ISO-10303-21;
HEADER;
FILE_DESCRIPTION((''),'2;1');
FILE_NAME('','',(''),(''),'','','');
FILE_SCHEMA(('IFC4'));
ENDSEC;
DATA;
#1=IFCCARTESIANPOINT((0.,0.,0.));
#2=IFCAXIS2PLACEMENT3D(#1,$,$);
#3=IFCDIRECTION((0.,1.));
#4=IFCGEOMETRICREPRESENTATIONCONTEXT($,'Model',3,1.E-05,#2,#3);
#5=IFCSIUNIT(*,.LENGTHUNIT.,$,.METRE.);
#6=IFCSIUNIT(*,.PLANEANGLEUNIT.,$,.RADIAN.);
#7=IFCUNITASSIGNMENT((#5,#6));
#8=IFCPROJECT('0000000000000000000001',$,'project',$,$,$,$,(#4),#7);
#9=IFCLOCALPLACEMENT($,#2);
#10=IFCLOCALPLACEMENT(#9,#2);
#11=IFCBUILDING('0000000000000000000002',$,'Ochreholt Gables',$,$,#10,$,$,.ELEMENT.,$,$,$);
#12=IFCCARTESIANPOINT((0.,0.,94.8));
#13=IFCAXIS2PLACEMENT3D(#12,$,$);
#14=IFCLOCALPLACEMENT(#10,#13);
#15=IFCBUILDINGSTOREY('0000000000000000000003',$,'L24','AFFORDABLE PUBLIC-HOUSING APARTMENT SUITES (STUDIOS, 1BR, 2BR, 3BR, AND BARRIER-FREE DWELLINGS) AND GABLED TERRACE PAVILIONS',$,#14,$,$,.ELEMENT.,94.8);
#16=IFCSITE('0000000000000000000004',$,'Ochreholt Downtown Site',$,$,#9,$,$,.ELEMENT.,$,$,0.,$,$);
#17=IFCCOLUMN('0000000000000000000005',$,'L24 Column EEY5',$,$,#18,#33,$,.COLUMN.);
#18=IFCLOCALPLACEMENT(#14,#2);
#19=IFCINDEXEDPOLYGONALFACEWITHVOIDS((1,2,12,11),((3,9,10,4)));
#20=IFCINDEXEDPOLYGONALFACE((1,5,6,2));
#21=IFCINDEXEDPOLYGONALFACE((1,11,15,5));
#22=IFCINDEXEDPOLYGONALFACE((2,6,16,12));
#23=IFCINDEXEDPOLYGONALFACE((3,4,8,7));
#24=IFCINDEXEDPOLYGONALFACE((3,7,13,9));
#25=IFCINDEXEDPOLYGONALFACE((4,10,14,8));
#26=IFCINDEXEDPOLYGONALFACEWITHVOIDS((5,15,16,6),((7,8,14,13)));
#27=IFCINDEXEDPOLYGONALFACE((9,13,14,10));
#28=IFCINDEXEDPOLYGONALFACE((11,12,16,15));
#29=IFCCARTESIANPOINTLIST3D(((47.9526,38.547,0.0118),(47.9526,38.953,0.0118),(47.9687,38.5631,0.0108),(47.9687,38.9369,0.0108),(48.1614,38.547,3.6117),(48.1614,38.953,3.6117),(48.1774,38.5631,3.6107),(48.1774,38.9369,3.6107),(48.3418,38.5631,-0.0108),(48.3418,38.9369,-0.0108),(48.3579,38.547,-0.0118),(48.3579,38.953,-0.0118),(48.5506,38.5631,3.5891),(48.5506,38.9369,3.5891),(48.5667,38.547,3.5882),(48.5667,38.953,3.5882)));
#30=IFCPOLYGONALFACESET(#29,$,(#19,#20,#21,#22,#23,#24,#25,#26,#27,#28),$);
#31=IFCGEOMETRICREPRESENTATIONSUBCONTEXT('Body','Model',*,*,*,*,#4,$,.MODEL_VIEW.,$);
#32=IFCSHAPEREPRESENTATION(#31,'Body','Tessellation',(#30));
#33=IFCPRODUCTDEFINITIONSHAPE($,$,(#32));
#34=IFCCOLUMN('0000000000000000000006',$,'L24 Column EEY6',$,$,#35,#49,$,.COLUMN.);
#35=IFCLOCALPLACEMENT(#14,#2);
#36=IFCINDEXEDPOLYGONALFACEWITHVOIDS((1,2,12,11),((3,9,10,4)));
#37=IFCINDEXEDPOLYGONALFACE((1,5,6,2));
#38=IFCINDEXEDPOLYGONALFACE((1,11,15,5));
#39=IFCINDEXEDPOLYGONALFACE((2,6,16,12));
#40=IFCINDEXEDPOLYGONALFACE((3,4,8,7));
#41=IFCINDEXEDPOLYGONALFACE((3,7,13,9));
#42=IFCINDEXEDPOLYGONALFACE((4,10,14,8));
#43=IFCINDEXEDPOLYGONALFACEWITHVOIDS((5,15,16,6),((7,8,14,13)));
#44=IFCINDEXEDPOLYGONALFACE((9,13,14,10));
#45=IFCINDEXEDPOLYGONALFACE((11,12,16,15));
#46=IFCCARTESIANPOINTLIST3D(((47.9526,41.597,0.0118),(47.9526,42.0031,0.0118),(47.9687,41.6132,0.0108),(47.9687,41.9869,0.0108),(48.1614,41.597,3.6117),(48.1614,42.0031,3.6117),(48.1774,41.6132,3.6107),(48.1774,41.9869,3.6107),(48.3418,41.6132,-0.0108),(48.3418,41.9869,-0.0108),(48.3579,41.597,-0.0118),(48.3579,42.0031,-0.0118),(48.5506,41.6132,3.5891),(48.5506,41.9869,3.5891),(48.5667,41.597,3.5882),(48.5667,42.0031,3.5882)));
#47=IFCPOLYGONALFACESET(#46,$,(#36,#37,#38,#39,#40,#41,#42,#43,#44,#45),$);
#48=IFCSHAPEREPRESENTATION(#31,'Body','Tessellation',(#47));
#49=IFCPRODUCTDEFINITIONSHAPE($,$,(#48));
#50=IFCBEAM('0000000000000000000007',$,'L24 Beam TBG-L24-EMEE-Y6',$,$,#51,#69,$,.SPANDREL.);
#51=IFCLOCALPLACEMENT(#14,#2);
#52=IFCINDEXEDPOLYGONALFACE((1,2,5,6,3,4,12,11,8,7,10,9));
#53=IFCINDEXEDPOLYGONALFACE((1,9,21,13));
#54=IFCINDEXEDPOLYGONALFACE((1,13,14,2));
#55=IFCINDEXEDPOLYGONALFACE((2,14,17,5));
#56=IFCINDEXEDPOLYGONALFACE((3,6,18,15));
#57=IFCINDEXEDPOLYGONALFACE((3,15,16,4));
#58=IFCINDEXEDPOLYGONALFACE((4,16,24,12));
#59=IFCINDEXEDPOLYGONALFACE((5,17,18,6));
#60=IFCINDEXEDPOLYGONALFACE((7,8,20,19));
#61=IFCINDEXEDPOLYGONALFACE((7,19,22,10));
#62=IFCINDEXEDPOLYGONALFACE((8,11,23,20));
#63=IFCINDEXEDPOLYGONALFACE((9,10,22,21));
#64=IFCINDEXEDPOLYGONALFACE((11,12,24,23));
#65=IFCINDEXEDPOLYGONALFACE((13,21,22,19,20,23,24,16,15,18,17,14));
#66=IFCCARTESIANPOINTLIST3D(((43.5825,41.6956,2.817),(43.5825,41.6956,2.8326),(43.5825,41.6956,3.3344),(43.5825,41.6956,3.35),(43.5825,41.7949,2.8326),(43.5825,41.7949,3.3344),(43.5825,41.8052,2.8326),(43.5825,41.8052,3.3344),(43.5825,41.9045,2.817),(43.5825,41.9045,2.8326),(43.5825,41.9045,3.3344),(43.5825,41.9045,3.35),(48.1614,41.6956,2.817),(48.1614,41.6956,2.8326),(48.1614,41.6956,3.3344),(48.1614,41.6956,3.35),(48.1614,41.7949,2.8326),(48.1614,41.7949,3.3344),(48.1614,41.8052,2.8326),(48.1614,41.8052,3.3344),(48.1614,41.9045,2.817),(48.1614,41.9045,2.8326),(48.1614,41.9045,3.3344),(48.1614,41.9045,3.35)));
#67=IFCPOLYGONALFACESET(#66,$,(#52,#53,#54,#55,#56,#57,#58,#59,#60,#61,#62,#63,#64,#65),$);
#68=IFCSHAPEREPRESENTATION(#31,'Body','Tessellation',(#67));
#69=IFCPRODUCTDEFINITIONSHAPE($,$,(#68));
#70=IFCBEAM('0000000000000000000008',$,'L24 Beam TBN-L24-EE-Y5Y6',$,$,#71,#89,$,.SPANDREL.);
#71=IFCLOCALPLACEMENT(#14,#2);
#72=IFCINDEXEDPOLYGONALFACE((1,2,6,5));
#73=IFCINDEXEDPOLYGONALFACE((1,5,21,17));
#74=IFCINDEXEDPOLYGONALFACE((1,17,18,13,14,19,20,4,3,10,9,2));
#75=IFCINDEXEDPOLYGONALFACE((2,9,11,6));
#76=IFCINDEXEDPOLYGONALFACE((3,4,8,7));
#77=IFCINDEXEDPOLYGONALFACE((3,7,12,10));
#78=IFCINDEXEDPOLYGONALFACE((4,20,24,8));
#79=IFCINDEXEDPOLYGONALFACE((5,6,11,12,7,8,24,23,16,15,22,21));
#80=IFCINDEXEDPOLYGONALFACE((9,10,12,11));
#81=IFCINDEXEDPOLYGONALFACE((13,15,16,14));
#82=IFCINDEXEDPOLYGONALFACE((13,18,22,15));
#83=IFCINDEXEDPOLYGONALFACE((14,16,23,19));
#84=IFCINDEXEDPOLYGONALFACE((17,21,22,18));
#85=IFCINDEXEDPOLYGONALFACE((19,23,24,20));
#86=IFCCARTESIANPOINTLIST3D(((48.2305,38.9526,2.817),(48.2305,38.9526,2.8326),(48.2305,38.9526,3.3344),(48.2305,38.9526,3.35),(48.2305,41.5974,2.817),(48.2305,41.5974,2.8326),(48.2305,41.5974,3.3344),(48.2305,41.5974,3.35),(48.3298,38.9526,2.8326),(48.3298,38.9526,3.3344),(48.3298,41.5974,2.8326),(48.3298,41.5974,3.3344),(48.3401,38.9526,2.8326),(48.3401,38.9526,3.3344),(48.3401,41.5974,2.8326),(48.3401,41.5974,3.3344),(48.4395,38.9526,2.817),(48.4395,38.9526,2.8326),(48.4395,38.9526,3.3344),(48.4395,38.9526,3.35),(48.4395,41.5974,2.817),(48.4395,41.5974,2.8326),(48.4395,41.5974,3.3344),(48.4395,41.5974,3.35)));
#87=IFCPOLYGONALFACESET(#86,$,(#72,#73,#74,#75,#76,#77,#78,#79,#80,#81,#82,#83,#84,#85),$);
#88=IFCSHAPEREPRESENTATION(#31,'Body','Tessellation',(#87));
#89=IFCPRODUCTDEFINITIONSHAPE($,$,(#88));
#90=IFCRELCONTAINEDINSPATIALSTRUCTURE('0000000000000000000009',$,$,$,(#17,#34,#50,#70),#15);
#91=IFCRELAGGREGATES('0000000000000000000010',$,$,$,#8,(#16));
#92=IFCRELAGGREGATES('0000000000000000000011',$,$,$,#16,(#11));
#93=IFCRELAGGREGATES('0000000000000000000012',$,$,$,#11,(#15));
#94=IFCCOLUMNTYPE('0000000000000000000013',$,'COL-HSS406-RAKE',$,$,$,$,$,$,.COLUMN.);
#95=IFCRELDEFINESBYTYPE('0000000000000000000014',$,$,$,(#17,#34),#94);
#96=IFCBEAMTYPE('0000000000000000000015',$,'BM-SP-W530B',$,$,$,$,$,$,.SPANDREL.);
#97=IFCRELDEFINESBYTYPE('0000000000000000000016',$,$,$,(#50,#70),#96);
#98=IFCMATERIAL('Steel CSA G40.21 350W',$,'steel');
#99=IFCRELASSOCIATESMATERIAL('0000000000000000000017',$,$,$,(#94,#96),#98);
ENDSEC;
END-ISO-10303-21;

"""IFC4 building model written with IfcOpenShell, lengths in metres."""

from ifc_helpers import new_model, si_unit, direction, frame, origin, origin_2d, place, context, subcontext, project, spatial, hollow_rectangle, i_section, extrude, material, material_profile, profile_set, type_object, element, save


model = new_model("IFC4")

# Units and contexts
model_context = context("Model", 3, precision=1e-05, world=origin(), true_north=direction((0.0, 1.0)))
body_context = subcontext(model_context, "Body", "Model", "MODEL_VIEW")
ifc_project = project(units=[si_unit("LENGTHUNIT", "METRE"), si_unit("PLANEANGLEUNIT", "RADIAN")], contexts=[model_context])

# Site, building, storey
site_placement = place(None, origin())
site = spatial("IfcSite", under=ifc_project, at=site_placement, Name="Ochreholt Downtown Site", CompositionType="ELEMENT", RefElevation=0.0)
building_placement = place(site_placement, origin())
building = spatial("IfcBuilding", under=site, at=building_placement, Name="Ochreholt Gables", CompositionType="ELEMENT")
storey_placement = place(building_placement, frame((0.0, 0.0, 94.8)))
storey = spatial("IfcBuildingStorey", under=building, at=storey_placement, Name="L24", Description="AFFORDABLE PUBLIC-HOUSING APARTMENT SUITES (STUDIOS, 1BR, 2BR, 3BR, AND BARRIER-FREE DWELLINGS) AND GABLED TERRACE PAVILIONS", CompositionType="ELEMENT", Elevation=94.8)

# Columns
ifc_material_1 = material(Name="Steel CSA G40.21 350W", Category="steel")
ifc_material_profile_1 = material_profile(ifc_material_1, hollow_rectangle(XDim=0.406, YDim=0.406, WallThickness=0.0161, at=origin_2d()), Name="HSS406X406X16")
ifc_profile_set_1 = profile_set([ifc_material_profile_1], Name="Steel CSA G40.21 350W")
column_type = type_object("IfcColumnType", Name="COL-HSS406-RAKE", PredefinedType="COLUMN", material=ifc_profile_set_1)
for number, where, z_axis, x_axis, name in (
    (1, (48.1553, 38.75, 0.0), (0.057889, 0.0, 0.998323), (0.0, 1.0, 0.0), "L24 Column EEY5"),
    (2, (48.1553, 41.8, 0.0), (0.057889, 0.0, 0.998323), (0.0, 1.0, 0.0), "L24 Column EEY6"),
):
    element("IfcColumn", number, at=place(storey_placement, frame(where, z_axis=z_axis, x_axis=x_axis)), inside=storey, type_object=column_type, Name=name, PredefinedType="COLUMN", context=body_context, shape_type="SweptSolid", body=[
        extrude(hollow_rectangle(XDim=0.406, YDim=0.406, WallThickness=0.0161, at=origin_2d()), origin(), (0.0, 0.0, 1.0), 3.606),
    ])

# Beams
ifc_material_profile_2 = material_profile(ifc_material_1, i_section(OverallWidth=0.209, OverallDepth=0.533, WebThickness=0.0103, FlangeThickness=0.0156, at=origin_2d()), Name="W530X92")
ifc_profile_set_2 = profile_set([ifc_material_profile_2], Name="Steel CSA G40.21 350W")
beam_type = type_object("IfcBeamType", Name="BM-SP-W530B", PredefinedType="SPANDREL", material=ifc_profile_set_2)
beam_1_placement = place(storey_placement, frame((43.5825, 41.8, 3.0835), z_axis=(1.0, 0.0, 0.0), x_axis=(0.0, 1.0, 0.0)))
element("IfcBeam", 3, at=beam_1_placement, inside=storey, type_object=beam_type, Name="L24 Beam TBG-L24-EMEE-Y6", PredefinedType="SPANDREL", context=body_context, shape_type="SweptSolid", body=[
    extrude(i_section(OverallWidth=0.209, OverallDepth=0.533, WebThickness=0.0103, FlangeThickness=0.0156, at=origin_2d()), origin(), (0.0, 0.0, 1.0), 4.5789),
])
beam_2_placement = place(storey_placement, frame((48.335, 38.9526, 3.0835), z_axis=(0.0, 1.0, 0.0), x_axis=(-1.0, 0.0, 0.0)))
element("IfcBeam", 4, at=beam_2_placement, inside=storey, type_object=beam_type, Name="L24 Beam TBN-L24-EE-Y5Y6", PredefinedType="SPANDREL", context=body_context, shape_type="SweptSolid", body=[
    extrude(i_section(OverallWidth=0.209, OverallDepth=0.533, WebThickness=0.0103, FlangeThickness=0.0156, at=origin_2d()), origin(), (0.0, 0.0, 1.0), 2.6448),
])

save(model, "model.ifc")
